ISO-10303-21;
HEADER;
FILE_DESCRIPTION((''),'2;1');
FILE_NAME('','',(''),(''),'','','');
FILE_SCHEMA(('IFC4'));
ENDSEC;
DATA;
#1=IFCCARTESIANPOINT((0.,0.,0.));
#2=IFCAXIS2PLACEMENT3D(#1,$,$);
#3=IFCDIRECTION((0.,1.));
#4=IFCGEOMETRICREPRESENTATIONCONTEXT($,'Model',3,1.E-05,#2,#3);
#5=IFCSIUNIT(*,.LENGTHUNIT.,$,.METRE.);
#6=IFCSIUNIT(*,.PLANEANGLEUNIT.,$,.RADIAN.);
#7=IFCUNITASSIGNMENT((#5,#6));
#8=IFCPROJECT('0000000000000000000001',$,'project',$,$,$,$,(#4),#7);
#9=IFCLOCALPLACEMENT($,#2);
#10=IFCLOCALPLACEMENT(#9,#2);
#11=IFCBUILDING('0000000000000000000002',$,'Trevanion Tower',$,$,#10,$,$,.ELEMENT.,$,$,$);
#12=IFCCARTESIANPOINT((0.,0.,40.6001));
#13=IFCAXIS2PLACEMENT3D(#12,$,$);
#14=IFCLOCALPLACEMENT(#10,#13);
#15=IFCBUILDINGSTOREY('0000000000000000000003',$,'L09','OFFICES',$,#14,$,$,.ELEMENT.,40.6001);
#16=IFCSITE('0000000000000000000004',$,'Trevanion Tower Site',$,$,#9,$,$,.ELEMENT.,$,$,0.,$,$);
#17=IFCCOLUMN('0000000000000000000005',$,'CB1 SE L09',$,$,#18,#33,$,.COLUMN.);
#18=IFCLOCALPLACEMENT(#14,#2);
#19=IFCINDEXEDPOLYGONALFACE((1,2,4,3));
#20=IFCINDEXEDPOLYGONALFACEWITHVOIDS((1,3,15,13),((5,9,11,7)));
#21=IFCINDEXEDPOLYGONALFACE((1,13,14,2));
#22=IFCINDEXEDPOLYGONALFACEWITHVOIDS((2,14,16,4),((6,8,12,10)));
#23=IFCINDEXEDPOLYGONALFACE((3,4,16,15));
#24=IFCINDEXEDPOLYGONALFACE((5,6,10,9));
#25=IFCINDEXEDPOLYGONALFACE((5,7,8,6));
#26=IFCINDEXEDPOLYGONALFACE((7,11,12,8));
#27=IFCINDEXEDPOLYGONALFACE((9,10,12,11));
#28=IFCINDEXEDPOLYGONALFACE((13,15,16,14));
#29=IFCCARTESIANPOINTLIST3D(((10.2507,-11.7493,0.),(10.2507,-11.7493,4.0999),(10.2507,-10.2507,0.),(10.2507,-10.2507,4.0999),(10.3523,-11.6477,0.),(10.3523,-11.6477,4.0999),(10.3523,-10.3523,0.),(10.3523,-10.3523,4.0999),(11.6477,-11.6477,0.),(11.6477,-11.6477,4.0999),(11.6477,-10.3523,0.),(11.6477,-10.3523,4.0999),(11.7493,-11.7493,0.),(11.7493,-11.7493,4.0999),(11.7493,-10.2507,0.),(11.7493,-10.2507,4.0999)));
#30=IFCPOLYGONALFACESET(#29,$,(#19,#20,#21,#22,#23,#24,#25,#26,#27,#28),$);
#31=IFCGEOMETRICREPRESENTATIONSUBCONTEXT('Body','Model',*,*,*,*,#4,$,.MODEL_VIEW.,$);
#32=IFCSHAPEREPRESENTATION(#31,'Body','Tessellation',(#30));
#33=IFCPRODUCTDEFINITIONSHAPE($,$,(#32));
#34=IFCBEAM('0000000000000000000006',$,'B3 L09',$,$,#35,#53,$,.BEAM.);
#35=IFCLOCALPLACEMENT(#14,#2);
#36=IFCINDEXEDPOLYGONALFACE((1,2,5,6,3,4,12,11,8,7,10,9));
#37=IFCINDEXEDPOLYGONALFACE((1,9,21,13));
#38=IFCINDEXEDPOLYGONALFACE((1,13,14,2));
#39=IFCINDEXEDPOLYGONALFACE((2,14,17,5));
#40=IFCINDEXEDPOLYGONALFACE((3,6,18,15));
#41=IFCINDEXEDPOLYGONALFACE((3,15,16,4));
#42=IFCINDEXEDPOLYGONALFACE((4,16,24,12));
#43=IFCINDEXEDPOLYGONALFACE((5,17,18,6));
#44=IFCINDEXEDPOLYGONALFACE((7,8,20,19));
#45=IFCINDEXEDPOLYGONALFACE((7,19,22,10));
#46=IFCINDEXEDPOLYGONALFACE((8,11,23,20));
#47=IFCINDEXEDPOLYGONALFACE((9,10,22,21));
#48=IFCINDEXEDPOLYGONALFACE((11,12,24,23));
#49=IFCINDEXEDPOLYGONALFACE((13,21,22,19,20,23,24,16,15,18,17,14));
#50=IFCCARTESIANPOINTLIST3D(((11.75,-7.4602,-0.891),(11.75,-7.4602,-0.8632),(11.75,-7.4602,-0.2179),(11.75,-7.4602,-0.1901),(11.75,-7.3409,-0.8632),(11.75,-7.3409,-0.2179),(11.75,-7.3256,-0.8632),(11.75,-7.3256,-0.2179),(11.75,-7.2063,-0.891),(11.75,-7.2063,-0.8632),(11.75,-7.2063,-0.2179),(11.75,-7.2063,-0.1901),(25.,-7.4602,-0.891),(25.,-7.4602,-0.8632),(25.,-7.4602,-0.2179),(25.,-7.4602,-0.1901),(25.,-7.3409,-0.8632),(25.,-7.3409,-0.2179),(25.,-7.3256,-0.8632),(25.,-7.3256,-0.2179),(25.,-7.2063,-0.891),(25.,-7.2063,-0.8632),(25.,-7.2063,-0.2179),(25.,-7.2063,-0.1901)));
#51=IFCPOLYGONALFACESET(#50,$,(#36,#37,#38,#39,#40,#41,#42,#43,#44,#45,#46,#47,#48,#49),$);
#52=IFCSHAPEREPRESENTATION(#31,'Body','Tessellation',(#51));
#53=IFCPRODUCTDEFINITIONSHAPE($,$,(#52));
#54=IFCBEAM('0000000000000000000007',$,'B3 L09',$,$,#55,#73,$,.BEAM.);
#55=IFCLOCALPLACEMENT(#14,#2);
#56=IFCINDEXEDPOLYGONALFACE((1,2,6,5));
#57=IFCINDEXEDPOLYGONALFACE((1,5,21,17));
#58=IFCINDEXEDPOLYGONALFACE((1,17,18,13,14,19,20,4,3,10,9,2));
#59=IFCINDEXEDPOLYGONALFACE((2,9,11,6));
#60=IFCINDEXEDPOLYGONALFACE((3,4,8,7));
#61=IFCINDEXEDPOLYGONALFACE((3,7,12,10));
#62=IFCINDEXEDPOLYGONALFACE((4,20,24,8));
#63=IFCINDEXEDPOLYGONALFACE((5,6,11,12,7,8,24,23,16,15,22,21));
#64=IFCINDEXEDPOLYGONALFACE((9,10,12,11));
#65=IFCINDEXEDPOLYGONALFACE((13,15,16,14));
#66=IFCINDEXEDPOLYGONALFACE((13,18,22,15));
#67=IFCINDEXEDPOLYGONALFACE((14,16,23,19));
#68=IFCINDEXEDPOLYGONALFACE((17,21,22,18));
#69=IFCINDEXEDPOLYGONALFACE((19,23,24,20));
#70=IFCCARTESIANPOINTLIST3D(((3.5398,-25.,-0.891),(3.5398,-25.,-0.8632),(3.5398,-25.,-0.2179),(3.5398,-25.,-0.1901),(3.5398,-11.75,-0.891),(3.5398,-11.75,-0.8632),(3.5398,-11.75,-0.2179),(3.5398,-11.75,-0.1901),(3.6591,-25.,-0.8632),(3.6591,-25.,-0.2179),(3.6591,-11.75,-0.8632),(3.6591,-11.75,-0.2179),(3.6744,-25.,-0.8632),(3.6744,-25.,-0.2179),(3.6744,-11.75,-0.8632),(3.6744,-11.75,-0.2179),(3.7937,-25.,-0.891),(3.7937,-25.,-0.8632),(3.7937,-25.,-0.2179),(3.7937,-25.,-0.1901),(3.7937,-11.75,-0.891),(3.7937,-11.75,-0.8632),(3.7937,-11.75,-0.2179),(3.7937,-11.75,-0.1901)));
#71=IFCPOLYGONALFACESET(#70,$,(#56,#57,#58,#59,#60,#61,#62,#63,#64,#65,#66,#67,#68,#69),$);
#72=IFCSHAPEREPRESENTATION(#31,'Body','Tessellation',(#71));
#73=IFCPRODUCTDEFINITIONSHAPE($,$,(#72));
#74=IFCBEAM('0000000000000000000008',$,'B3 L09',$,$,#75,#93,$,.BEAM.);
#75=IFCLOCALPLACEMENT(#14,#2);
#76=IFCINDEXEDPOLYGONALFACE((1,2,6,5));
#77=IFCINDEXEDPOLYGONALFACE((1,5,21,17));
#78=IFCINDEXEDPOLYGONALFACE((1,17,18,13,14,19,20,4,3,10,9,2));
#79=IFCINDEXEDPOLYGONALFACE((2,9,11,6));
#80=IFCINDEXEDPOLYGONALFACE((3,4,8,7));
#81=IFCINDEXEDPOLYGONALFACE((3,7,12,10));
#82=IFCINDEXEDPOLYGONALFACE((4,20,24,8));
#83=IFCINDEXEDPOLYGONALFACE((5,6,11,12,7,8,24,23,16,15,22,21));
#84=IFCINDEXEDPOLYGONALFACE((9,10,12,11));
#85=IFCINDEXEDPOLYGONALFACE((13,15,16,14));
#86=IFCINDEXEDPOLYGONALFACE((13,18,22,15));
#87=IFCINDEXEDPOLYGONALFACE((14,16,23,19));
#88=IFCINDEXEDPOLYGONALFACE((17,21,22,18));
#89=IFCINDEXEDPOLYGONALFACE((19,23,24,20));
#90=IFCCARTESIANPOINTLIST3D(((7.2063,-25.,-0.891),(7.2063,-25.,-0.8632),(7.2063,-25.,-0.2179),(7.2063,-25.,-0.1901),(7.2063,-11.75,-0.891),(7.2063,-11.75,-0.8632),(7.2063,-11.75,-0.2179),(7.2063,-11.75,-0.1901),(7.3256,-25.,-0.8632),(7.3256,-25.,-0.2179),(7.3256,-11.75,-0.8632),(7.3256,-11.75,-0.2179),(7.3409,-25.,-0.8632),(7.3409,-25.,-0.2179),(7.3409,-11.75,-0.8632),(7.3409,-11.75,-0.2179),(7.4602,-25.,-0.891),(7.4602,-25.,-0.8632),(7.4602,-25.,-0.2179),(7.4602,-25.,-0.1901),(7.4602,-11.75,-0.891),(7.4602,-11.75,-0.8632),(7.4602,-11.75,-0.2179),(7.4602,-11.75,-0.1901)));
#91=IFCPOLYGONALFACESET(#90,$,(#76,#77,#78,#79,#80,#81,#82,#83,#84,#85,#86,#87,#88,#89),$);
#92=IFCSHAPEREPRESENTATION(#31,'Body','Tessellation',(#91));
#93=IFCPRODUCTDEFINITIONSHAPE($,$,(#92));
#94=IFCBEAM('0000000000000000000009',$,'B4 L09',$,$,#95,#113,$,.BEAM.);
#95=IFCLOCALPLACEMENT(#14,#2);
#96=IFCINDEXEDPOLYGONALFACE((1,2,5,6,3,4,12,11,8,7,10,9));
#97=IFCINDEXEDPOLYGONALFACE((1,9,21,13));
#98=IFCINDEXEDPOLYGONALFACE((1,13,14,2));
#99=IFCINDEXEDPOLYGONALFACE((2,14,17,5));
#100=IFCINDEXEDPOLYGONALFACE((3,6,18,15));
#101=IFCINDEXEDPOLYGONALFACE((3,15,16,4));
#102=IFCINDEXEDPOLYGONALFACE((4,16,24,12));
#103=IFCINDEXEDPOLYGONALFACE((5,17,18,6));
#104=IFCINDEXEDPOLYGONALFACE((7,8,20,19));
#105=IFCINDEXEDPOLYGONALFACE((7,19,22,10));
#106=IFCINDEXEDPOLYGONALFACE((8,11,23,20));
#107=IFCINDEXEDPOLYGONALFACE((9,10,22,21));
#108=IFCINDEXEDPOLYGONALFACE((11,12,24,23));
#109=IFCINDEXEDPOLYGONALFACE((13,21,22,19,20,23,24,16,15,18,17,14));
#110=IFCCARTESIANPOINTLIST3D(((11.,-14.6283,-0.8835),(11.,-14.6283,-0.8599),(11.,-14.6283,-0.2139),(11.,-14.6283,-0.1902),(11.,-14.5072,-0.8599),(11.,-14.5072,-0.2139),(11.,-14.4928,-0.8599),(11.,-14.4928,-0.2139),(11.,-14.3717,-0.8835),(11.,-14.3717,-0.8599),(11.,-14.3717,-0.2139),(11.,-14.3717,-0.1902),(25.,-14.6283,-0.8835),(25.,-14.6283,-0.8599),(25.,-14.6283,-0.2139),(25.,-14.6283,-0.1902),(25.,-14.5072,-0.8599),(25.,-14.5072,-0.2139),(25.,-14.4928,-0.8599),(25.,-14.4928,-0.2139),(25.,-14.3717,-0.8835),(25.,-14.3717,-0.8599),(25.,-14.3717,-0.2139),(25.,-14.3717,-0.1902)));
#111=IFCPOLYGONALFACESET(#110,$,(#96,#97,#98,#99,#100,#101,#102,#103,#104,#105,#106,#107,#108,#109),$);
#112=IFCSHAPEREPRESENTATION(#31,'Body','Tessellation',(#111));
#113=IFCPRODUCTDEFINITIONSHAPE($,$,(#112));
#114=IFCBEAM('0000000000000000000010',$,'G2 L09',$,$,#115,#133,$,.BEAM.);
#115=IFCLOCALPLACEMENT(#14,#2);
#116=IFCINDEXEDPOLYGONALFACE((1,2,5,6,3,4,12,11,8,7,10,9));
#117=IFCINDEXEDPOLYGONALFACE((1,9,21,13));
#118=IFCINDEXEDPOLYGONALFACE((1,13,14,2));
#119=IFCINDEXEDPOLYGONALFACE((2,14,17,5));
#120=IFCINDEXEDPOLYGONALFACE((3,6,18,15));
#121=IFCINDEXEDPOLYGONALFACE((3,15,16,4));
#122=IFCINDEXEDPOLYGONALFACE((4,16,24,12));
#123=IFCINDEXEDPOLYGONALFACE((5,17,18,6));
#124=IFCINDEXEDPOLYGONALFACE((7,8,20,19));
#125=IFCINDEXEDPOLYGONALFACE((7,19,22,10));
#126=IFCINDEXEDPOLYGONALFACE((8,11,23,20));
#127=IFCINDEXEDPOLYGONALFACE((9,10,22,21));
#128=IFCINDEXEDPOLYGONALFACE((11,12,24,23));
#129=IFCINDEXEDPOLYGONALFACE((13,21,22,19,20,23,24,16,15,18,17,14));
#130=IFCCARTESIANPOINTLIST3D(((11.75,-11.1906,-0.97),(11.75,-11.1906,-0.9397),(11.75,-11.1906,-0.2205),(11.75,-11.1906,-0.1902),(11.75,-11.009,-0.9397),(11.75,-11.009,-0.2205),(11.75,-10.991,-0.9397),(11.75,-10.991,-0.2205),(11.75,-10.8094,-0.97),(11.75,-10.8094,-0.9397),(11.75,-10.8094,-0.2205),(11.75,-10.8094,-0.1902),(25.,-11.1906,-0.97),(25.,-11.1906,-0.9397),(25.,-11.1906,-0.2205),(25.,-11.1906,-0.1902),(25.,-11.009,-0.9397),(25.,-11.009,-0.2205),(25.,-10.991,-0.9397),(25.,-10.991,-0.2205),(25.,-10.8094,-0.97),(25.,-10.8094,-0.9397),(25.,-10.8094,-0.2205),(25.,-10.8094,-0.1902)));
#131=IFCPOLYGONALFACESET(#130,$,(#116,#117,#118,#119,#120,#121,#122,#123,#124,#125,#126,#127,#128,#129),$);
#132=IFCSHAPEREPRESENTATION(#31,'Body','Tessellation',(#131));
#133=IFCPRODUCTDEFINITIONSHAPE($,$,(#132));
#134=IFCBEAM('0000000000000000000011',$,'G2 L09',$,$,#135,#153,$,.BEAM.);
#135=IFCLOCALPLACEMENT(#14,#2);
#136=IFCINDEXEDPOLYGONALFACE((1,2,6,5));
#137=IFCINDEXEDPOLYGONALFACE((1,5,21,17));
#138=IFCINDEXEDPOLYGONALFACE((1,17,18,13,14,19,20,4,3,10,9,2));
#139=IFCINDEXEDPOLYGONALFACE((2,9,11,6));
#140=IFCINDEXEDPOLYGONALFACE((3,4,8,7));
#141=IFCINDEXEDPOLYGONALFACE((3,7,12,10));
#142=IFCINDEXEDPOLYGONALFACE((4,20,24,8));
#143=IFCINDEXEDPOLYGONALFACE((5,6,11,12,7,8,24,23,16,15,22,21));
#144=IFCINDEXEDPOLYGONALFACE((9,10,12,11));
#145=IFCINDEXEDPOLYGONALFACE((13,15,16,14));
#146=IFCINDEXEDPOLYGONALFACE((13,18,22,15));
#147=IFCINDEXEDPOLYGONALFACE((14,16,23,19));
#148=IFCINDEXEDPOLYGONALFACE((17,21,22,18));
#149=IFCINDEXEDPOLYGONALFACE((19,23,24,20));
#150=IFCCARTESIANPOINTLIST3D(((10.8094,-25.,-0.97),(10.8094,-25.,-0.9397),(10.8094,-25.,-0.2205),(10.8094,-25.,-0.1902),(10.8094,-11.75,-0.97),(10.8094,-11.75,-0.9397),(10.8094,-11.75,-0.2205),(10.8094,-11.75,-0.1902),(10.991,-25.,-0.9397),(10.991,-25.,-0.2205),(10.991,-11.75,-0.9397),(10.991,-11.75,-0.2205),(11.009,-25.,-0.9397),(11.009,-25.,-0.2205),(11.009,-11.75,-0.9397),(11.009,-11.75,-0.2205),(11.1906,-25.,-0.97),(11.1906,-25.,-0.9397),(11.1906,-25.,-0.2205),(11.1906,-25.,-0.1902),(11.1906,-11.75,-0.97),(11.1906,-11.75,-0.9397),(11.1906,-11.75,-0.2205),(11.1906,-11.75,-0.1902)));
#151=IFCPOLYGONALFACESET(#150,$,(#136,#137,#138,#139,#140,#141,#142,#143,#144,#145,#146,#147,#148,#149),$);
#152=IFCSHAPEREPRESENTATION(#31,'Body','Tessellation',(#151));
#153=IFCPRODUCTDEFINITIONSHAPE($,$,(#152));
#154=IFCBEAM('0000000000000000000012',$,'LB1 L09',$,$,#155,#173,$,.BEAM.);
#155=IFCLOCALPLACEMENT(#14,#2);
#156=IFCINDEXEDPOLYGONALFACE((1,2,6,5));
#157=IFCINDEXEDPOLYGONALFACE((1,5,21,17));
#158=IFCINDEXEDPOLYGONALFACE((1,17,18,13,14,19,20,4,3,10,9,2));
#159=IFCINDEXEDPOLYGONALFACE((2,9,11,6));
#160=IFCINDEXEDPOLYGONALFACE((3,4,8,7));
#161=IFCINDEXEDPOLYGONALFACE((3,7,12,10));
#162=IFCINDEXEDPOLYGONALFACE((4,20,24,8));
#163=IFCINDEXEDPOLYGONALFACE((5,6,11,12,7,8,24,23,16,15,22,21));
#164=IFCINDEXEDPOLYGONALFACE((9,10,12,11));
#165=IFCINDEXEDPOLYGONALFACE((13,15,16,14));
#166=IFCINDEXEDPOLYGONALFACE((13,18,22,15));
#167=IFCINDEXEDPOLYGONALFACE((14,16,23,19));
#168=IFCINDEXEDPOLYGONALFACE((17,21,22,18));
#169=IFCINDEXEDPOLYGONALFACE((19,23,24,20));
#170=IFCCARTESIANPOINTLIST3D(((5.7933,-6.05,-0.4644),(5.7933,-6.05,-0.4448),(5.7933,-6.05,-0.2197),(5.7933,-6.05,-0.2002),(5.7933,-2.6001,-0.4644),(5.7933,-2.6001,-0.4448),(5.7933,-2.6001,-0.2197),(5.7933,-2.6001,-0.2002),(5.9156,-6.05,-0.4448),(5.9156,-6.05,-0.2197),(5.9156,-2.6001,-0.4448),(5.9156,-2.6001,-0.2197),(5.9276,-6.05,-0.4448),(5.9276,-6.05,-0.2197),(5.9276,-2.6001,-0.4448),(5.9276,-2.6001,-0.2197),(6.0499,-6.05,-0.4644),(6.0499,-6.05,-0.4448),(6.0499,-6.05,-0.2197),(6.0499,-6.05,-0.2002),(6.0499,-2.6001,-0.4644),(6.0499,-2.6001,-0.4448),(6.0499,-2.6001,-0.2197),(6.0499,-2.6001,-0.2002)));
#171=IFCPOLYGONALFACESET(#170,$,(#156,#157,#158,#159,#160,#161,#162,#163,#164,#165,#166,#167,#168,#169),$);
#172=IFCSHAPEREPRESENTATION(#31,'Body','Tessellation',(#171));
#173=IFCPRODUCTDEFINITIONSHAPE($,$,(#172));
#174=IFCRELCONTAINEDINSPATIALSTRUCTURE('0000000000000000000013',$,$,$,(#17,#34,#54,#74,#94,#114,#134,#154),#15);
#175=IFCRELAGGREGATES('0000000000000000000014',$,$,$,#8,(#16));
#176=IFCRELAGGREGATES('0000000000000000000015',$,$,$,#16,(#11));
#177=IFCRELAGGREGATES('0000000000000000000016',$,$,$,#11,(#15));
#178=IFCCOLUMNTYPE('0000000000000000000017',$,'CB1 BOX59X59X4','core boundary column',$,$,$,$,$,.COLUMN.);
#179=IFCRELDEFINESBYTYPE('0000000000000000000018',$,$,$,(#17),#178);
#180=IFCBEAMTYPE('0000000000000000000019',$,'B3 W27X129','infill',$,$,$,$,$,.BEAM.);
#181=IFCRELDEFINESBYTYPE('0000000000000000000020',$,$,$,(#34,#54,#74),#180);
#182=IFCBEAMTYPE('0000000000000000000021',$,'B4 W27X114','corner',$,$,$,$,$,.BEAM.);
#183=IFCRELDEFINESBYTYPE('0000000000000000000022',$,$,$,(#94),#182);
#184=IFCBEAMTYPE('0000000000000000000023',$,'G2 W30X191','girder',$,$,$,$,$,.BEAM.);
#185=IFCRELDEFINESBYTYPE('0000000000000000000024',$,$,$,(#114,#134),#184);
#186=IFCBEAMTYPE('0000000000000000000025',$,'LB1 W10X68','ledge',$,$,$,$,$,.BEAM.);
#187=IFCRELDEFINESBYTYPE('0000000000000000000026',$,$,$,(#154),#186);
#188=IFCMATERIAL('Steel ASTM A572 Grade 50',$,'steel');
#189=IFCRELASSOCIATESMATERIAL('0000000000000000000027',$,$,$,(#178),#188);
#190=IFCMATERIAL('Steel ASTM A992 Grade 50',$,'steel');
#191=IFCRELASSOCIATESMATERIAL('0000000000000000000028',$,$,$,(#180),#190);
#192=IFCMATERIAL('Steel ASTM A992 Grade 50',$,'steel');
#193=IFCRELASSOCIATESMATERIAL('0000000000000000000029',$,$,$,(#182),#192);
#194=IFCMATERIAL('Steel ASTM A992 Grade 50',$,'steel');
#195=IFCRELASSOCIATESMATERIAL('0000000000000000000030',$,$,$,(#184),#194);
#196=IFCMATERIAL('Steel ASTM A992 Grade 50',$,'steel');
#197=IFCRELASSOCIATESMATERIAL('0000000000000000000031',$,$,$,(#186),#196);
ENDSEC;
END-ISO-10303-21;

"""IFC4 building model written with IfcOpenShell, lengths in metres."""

from ifc_helpers import new_model, si_unit, direction, frame, origin, origin_2d, place, context, subcontext, project, spatial, hollow_rectangle, i_section, extrude, material, material_profile, profile_set, type_object, element, save


model = new_model("IFC4")

# Units and contexts
model_context = context("Model", 3, precision=1e-05, world=origin(), true_north=direction((0.0, 1.0)))
body_context = subcontext(model_context, "Body", "Model", "MODEL_VIEW")
ifc_project = project(units=[si_unit("LENGTHUNIT", "METRE"), si_unit("PLANEANGLEUNIT", "RADIAN")], contexts=[model_context])

# Site, building, storey
site_placement = place(None, origin())
site = spatial("IfcSite", under=ifc_project, at=site_placement, Name="Trevanion Tower Site", CompositionType="ELEMENT", RefElevation=0.0)
building_placement = place(site_placement, origin())
building = spatial("IfcBuilding", under=site, at=building_placement, Name="Trevanion Tower", CompositionType="ELEMENT")
storey_placement = place(building_placement, frame((0.0, 0.0, 40.6001)))
storey = spatial("IfcBuildingStorey", under=building, at=storey_placement, Name="L09", Description="OFFICES", CompositionType="ELEMENT", Elevation=40.6001)

# Column
ifc_material_1 = material(Name="Steel ASTM A572 Grade 50", Category="steel")
ifc_material_profile_1 = material_profile(ifc_material_1, hollow_rectangle(XDim=1.4985, YDim=1.4985, WallThickness=0.1016, at=origin_2d()), Name="BOX59X59X4")
ifc_profile_set_1 = profile_set([ifc_material_profile_1], Name="Steel ASTM A572 Grade 50")
column_type = type_object("IfcColumnType", Name="CB1 BOX59X59X4", Description="core boundary column", PredefinedType="COLUMN", material=ifc_profile_set_1)
column_placement = place(storey_placement, frame((11.0, -11.0, 0.0), z_axis=(0.0, 0.0, 1.0), x_axis=(1.0, 0.0, 0.0)))
element("IfcColumn", 1, at=column_placement, inside=storey, type_object=column_type, Name="CB1 SE L09", PredefinedType="COLUMN", context=body_context, shape_type="SweptSolid", body=[
    extrude(hollow_rectangle(XDim=1.4985, YDim=1.4985, WallThickness=0.1016, at=origin_2d()), origin(), (0.0, 0.0, 1.0), 4.0999),
])

# Beams
ifc_material_2 = material(Name="Steel ASTM A992 Grade 50", Category="steel")
ifc_material_profile_2 = material_profile(ifc_material_2, i_section(OverallWidth=0.2539, OverallDepth=0.7009, WebThickness=0.0154, FlangeThickness=0.0278, at=origin_2d()), Name="W27X129")
ifc_profile_set_2 = profile_set([ifc_material_profile_2], Name="Steel ASTM A992 Grade 50")
beam_type_1 = type_object("IfcBeamType", Name="B3 W27X129", Description="infill", PredefinedType="BEAM", material=ifc_profile_set_2)
for number, where, z_axis, x_axis, name in (
    (2, (11.75, -7.3333, -0.5405), (1.0, 0.0, 0.0), (0.0, 1.0, 0.0), "B3 L09"),
    (3, (3.6667, -11.75, -0.5405), (0.0, -1.0, 0.0), (1.0, 0.0, 0.0), "B3 L09"),
    (4, (7.3333, -11.75, -0.5405), (0.0, -1.0, 0.0), (1.0, 0.0, 0.0), "B3 L09"),
):
    element("IfcBeam", number, at=place(storey_placement, frame(where, z_axis=z_axis, x_axis=x_axis)), inside=storey, type_object=beam_type_1, Name=name, PredefinedType="BEAM", context=body_context, shape_type="SweptSolid", body=[
        extrude(i_section(OverallWidth=0.2539, OverallDepth=0.7009, WebThickness=0.0154, FlangeThickness=0.0278, at=origin_2d()), origin(), (0.0, 0.0, 1.0), 13.25),
    ])
ifc_material_3 = material(Name="Steel ASTM A992 Grade 50", Category="steel")
ifc_material_profile_3 = material_profile(ifc_material_3, i_section(OverallWidth=0.2566, OverallDepth=0.6934, WebThickness=0.0144, FlangeThickness=0.0237, at=origin_2d()), Name="W27X114")
ifc_profile_set_3 = profile_set([ifc_material_profile_3], Name="Steel ASTM A992 Grade 50")
beam_type_2 = type_object("IfcBeamType", Name="B4 W27X114", Description="corner", PredefinedType="BEAM", material=ifc_profile_set_3)
beam_1_placement = place(storey_placement, frame((11.0, -14.5, -0.5369), z_axis=(1.0, 0.0, 0.0), x_axis=(0.0, 1.0, 0.0)))
element("IfcBeam", 5, at=beam_1_placement, inside=storey, type_object=beam_type_2, Name="B4 L09", PredefinedType="BEAM", context=body_context, shape_type="SweptSolid", body=[
    extrude(i_section(OverallWidth=0.2566, OverallDepth=0.6934, WebThickness=0.0144, FlangeThickness=0.0237, at=origin_2d()), origin(), (0.0, 0.0, 1.0), 14.0),
])
ifc_material_4 = material(Name="Steel ASTM A992 Grade 50", Category="steel")
ifc_material_profile_4 = material_profile(ifc_material_4, i_section(OverallWidth=0.3811, OverallDepth=0.7798, WebThickness=0.0181, FlangeThickness=0.0303, at=origin_2d()), Name="W30X191")
ifc_profile_set_4 = profile_set([ifc_material_profile_4], Name="Steel ASTM A992 Grade 50")
beam_type_3 = type_object("IfcBeamType", Name="G2 W30X191", Description="girder", PredefinedType="BEAM", material=ifc_profile_set_4)
for number, where, z_axis, x_axis, name in (
    (6, (11.75, -11.0, -0.5801), (1.0, 0.0, 0.0), (0.0, 1.0, 0.0), "G2 L09"),
    (7, (11.0, -11.75, -0.5801), (0.0, -1.0, 0.0), (1.0, 0.0, 0.0), "G2 L09"),
):
    element("IfcBeam", number, at=place(storey_placement, frame(where, z_axis=z_axis, x_axis=x_axis)), inside=storey, type_object=beam_type_3, Name=name, PredefinedType="BEAM", context=body_context, shape_type="SweptSolid", body=[
        extrude(i_section(OverallWidth=0.3811, OverallDepth=0.7798, WebThickness=0.0181, FlangeThickness=0.0303, at=origin_2d()), origin(), (0.0, 0.0, 1.0), 13.25),
    ])
ifc_material_5 = material(Name="Steel ASTM A992 Grade 50", Category="steel")
ifc_material_profile_5 = material_profile(ifc_material_5, i_section(OverallWidth=0.2566, OverallDepth=0.2642, WebThickness=0.012, FlangeThickness=0.0195, at=origin_2d()), Name="W10X68")
ifc_profile_set_5 = profile_set([ifc_material_profile_5], Name="Steel ASTM A992 Grade 50")
beam_type_4 = type_object("IfcBeamType", Name="LB1 W10X68", Description="ledge", PredefinedType="BEAM", material=ifc_profile_set_5)
beam_2_placement = place(storey_placement, frame((5.9216, -6.05, -0.3323), z_axis=(0.0, 1.0, 0.0), x_axis=(-1.0, 0.0, 0.0)))
element("IfcBeam", 8, at=beam_2_placement, inside=storey, type_object=beam_type_4, Name="LB1 L09", PredefinedType="BEAM", context=body_context, shape_type="SweptSolid", body=[
    extrude(i_section(OverallWidth=0.2566, OverallDepth=0.2642, WebThickness=0.012, FlangeThickness=0.0195, at=origin_2d()), origin(), (0.0, 0.0, 1.0), 3.45),
])

save(model, "model.ifc")
